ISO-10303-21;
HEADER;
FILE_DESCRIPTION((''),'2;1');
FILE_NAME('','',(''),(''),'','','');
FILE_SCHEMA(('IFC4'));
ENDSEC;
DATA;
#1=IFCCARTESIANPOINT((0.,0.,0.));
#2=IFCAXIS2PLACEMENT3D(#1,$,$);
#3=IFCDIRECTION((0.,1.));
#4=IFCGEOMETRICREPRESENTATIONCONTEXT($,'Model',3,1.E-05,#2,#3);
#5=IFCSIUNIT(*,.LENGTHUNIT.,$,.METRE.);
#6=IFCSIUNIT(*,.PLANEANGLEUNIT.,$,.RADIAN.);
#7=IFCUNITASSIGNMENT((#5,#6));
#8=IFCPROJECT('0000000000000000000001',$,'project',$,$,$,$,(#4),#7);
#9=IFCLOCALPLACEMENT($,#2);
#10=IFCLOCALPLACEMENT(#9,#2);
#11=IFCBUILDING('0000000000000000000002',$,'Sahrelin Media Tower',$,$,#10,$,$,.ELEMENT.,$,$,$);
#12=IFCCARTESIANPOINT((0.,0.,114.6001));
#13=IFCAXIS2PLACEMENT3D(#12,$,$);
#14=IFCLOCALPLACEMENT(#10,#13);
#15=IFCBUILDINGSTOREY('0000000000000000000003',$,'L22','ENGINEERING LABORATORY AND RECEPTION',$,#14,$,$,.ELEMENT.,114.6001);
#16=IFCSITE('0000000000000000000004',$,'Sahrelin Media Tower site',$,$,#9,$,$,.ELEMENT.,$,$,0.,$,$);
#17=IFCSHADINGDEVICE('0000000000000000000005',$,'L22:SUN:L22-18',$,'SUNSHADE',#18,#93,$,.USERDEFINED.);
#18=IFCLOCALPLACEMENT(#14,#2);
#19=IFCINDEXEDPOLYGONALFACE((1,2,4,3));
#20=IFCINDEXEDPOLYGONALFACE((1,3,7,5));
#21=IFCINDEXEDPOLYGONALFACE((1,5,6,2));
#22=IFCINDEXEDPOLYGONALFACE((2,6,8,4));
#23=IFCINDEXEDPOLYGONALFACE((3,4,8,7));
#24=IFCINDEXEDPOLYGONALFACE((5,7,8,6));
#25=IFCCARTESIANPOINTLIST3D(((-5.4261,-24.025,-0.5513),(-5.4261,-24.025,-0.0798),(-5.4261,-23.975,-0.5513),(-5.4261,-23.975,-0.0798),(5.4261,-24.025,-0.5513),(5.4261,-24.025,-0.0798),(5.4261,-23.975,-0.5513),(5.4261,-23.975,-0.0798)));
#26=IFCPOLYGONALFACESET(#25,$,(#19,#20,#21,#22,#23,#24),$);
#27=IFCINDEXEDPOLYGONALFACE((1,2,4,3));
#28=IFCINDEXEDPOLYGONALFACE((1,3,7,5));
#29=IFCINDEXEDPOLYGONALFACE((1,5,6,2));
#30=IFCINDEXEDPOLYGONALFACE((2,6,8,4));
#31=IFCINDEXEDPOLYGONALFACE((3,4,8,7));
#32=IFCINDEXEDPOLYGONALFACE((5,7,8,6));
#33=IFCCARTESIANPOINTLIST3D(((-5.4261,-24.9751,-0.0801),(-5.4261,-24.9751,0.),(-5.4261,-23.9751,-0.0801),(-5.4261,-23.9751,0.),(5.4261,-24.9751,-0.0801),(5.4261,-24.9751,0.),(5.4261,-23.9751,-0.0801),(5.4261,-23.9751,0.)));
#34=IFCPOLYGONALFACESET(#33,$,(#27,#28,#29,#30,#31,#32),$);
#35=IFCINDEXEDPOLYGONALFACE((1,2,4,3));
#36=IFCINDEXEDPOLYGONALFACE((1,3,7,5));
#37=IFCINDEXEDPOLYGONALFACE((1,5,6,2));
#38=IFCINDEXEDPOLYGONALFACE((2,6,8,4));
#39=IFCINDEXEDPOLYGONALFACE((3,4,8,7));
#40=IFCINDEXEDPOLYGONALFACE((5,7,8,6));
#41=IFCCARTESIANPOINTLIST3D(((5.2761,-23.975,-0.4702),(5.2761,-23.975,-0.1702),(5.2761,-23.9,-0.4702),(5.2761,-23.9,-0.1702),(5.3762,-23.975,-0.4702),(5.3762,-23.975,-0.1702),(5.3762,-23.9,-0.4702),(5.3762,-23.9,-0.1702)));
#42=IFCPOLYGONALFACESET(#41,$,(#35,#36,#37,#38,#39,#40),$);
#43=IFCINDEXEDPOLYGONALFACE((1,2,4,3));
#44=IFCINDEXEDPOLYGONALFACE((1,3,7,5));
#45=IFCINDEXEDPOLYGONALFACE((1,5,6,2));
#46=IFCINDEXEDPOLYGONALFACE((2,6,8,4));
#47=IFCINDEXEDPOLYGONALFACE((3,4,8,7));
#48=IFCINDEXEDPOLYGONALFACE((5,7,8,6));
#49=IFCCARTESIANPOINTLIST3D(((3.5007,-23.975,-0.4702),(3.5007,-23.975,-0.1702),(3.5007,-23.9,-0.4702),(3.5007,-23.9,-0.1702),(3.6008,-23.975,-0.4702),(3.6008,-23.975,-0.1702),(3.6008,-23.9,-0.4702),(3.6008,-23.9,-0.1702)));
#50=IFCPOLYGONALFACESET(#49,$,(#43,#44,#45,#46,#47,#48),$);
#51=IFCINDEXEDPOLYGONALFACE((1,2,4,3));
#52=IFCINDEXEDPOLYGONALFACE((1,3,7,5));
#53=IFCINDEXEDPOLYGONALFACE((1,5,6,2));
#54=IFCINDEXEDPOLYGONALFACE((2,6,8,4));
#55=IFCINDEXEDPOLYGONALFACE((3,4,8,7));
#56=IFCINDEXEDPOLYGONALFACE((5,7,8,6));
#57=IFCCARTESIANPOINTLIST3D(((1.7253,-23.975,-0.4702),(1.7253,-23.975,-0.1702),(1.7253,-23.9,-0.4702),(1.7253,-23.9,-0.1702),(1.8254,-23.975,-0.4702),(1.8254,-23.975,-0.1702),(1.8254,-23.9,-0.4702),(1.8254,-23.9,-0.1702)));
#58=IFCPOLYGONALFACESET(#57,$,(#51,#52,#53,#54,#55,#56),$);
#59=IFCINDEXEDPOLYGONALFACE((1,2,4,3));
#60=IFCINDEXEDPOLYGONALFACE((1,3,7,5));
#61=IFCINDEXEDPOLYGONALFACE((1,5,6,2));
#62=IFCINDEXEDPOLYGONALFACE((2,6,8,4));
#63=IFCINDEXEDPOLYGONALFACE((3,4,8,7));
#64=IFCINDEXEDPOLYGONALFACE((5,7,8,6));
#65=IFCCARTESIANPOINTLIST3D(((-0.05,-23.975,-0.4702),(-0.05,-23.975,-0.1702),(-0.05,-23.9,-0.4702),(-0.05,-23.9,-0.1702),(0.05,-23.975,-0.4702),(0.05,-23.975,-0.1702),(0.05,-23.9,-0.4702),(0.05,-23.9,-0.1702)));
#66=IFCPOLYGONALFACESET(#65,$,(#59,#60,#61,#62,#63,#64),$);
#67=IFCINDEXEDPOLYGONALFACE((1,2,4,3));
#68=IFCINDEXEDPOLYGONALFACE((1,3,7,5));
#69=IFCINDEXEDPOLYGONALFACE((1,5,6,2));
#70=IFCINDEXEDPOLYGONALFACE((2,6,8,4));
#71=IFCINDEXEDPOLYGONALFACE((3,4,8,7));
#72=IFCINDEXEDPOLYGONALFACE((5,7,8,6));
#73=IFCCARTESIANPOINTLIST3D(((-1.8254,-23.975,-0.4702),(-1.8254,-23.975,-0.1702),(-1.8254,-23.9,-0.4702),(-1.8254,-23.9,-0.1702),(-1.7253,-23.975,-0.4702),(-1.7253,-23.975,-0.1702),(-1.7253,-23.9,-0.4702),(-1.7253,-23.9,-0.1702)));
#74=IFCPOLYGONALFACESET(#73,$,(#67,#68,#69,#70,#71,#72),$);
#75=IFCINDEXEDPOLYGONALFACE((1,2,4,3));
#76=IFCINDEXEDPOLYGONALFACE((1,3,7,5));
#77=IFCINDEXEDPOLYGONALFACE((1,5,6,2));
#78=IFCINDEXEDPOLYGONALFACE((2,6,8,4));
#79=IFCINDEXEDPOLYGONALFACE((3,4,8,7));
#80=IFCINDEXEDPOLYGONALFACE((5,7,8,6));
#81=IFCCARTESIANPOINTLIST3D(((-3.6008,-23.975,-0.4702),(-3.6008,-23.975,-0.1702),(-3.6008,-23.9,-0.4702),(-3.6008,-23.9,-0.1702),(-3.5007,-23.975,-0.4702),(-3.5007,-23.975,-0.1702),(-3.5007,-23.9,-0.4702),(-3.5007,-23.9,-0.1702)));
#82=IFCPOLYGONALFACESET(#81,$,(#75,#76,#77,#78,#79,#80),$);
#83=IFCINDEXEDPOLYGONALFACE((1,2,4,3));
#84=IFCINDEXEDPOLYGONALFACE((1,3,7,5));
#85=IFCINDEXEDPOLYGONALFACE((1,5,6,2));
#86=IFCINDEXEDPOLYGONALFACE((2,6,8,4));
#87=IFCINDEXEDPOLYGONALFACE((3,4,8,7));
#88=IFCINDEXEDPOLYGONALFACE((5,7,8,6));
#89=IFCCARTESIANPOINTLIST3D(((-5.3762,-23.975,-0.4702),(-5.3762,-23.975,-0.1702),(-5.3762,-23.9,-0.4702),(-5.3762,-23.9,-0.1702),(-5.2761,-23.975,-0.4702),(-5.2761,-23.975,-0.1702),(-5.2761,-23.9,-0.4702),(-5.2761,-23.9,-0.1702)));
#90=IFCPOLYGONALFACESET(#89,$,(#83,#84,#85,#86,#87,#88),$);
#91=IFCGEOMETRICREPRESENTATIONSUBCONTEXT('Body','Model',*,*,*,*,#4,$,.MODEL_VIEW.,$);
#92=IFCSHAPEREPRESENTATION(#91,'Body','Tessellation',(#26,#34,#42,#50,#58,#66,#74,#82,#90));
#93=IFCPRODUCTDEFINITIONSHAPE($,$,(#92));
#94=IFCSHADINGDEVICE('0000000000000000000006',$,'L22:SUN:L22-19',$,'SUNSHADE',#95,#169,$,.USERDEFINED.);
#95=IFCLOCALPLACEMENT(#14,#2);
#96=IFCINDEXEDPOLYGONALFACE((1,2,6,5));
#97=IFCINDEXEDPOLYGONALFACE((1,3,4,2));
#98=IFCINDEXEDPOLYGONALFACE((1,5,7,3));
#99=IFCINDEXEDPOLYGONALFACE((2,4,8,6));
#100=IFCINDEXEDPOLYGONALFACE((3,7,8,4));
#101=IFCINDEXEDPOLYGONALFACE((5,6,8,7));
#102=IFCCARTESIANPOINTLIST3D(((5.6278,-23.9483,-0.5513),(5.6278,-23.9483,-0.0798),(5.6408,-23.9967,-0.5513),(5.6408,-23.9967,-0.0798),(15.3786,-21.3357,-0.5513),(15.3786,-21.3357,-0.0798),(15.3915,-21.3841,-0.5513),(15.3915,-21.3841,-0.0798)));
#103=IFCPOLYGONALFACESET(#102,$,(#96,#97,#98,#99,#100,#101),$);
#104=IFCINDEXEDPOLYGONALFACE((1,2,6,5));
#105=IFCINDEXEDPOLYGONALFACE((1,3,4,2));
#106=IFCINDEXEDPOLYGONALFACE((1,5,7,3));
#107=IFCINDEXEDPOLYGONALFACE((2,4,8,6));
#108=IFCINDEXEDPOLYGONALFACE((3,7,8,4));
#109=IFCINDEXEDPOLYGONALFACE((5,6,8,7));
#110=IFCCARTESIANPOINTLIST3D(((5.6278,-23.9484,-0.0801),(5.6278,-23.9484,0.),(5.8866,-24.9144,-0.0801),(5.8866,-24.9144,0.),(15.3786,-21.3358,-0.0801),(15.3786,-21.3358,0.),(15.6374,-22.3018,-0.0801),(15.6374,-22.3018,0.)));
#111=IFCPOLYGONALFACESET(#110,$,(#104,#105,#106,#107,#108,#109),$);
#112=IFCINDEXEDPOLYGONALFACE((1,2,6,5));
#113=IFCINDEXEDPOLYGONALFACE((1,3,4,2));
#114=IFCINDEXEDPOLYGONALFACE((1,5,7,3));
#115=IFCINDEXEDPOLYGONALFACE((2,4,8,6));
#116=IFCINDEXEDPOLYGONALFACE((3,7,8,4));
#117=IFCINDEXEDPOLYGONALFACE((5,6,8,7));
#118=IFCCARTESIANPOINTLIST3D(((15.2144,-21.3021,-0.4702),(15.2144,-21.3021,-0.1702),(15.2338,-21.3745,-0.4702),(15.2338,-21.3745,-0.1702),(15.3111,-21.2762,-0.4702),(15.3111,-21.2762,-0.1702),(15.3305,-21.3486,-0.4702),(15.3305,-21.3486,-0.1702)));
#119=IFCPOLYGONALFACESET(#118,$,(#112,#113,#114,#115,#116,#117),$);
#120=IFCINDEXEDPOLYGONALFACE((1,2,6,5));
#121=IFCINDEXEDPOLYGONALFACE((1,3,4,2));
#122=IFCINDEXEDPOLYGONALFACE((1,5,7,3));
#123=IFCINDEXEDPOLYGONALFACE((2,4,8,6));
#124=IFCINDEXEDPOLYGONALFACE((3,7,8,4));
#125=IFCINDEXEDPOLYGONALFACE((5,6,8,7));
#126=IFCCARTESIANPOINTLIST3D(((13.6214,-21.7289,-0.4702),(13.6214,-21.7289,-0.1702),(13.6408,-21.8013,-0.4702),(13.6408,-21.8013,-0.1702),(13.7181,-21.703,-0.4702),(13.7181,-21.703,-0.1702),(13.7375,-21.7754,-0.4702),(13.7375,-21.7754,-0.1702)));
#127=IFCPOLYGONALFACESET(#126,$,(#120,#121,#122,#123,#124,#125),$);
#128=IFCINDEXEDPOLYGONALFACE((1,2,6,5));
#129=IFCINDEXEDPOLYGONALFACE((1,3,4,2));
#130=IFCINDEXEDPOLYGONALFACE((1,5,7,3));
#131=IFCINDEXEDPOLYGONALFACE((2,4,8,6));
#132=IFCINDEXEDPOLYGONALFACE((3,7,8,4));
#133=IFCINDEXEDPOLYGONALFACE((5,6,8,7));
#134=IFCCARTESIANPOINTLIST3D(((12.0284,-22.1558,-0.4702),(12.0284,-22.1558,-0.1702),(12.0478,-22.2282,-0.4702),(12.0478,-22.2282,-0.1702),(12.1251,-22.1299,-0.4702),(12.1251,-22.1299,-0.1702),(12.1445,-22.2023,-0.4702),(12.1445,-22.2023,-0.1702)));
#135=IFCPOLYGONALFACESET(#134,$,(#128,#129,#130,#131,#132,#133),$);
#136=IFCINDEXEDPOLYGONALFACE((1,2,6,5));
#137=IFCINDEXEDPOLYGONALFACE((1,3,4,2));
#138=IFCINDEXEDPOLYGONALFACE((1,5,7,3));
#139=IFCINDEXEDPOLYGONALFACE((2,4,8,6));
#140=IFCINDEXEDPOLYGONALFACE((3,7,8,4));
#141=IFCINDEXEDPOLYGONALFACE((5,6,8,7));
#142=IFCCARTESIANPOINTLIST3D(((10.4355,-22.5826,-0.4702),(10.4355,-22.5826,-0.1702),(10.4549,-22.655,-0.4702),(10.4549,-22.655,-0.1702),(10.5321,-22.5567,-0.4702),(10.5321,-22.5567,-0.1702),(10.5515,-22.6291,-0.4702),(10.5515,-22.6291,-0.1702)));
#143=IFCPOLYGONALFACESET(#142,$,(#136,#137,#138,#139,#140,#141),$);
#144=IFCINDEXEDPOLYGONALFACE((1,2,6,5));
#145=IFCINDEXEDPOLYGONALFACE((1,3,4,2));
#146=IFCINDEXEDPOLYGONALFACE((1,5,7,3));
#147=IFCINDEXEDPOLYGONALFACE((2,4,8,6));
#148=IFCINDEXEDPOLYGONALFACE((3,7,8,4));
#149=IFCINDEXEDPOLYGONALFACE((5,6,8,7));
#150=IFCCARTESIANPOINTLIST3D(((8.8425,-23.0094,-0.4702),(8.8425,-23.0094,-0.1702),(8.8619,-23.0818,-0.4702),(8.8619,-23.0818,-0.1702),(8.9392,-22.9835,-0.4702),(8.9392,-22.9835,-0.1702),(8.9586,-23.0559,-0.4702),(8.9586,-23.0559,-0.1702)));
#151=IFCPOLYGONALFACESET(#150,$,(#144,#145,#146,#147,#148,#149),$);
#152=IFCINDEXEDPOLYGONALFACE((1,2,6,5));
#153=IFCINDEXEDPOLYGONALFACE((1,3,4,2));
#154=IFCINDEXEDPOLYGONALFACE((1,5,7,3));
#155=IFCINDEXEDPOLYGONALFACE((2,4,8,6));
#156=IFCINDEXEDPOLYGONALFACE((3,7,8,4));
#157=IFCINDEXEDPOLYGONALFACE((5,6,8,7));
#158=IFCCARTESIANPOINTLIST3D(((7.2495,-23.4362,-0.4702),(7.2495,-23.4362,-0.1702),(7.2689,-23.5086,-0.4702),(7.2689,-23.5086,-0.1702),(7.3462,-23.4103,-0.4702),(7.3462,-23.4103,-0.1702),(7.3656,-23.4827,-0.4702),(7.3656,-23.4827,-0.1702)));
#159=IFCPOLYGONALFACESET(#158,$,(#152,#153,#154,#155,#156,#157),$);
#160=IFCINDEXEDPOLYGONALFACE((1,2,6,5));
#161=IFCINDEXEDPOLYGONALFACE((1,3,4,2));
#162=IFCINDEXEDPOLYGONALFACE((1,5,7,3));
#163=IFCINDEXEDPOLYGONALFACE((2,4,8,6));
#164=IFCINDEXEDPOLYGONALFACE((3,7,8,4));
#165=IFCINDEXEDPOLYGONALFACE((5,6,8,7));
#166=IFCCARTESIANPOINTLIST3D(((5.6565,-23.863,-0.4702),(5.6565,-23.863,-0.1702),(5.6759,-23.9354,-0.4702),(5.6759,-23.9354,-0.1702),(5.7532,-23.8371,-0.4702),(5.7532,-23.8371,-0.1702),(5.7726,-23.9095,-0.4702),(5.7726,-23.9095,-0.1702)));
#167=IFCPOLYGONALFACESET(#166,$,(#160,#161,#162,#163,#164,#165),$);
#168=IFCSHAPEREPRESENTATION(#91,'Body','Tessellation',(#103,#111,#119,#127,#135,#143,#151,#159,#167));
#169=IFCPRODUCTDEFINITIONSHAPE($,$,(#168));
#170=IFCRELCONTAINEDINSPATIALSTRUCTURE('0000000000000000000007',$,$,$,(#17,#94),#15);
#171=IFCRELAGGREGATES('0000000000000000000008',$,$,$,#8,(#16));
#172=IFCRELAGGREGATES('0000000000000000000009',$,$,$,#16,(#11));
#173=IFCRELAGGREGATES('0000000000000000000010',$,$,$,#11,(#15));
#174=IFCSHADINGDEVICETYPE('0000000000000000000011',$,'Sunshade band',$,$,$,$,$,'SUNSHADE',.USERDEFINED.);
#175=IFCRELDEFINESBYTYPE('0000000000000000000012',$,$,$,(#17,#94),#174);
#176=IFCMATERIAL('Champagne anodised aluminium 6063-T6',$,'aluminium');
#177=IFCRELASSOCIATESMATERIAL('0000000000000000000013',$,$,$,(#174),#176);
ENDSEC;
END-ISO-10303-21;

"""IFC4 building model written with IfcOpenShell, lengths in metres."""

from ifc_helpers import new_model, si_unit, direction, frame, origin, origin_2d, place, context, subcontext, project, spatial, rectangle, extrude, material, type_object, element, save


model = new_model("IFC4")

# Units and contexts
model_context = context("Model", 3, precision=1e-05, world=origin(), true_north=direction((0.0, 1.0)))
body_context = subcontext(model_context, "Body", "Model", "MODEL_VIEW")
ifc_project = project(units=[si_unit("LENGTHUNIT", "METRE"), si_unit("PLANEANGLEUNIT", "RADIAN")], contexts=[model_context])

# Site, building, storey
site_placement = place(None, origin())
site = spatial("IfcSite", under=ifc_project, at=site_placement, Name="Sahrelin Media Tower site", CompositionType="ELEMENT", RefElevation=0.0)
building_placement = place(site_placement, origin())
building = spatial("IfcBuilding", under=site, at=building_placement, Name="Sahrelin Media Tower", CompositionType="ELEMENT")
storey_placement = place(building_placement, frame((0.0, 0.0, 114.6001)))
storey = spatial("IfcBuildingStorey", under=building, at=storey_placement, Name="L22", Description="ENGINEERING LABORATORY AND RECEPTION", CompositionType="ELEMENT", Elevation=114.6001)

# Shared definitions
ifc_material_1 = material(Name="Champagne anodised aluminium 6063-T6", Category="aluminium")

# Shading devices
placement_1 = place(storey_placement, frame((0.0, -23.9551, 0.0), z_axis=(0.0, 0.0, 1.0), x_axis=(-1.0, 0.0, 0.0)))
placement_2 = place(storey_placement, frame((10.498, -22.6228, 0.0), z_axis=(0.0, 0.0, 1.0), x_axis=(-0.965929, -0.258808, 0.0)))
shading_device_type_1 = type_object("IfcShadingDeviceType", Name="Sunshade band", ElementType="SUNSHADE", PredefinedType="USERDEFINED", material=ifc_material_1)
element("IfcShadingDevice", 1, at=placement_1, inside=storey, type_object=shading_device_type_1, Name="L22:SUN:L22-18", ObjectType="SUNSHADE", PredefinedType="USERDEFINED", context=body_context, shape_type="SweptSolid", body=[
    extrude(rectangle(XDim=10.8523, YDim=0.05, at=origin_2d()), frame((0.0, 0.0449, -0.5513)), (0.0, 0.0, 1.0), 0.4714),
    extrude(rectangle(XDim=10.8523, YDim=1.0, at=origin_2d()), frame((0.0, 0.52, -0.0801)), (0.0, 0.0, 1.0), 0.0801),
    extrude(rectangle(XDim=0.1001, YDim=0.075, at=origin_2d()), frame((-5.3262, -0.0176, -0.4702)), (0.0, 0.0, 1.0), 0.3),
    extrude(rectangle(XDim=0.1001, YDim=0.075, at=origin_2d()), frame((-3.5508, -0.0176, -0.4702)), (0.0, 0.0, 1.0), 0.3),
    extrude(rectangle(XDim=0.1001, YDim=0.075, at=origin_2d()), frame((-1.7754, -0.0176, -0.4702)), (0.0, 0.0, 1.0), 0.3),
    extrude(rectangle(XDim=0.1001, YDim=0.075, at=origin_2d()), frame((0.0, -0.0176, -0.4702)), (0.0, 0.0, 1.0), 0.3),
    extrude(rectangle(XDim=0.1001, YDim=0.075, at=origin_2d()), frame((1.7754, -0.0176, -0.4702)), (0.0, 0.0, 1.0), 0.3),
    extrude(rectangle(XDim=0.1001, YDim=0.075, at=origin_2d()), frame((3.5508, -0.0176, -0.4702)), (0.0, 0.0, 1.0), 0.3),
    extrude(rectangle(XDim=0.1001, YDim=0.075, at=origin_2d()), frame((5.3262, -0.0176, -0.4702)), (0.0, 0.0, 1.0), 0.3),
])
element("IfcShadingDevice", 2, at=placement_2, inside=storey, type_object=shading_device_type_1, Name="L22:SUN:L22-19", ObjectType="SUNSHADE", PredefinedType="USERDEFINED", context=body_context, shape_type="SweptSolid", body=[
    extrude(rectangle(XDim=10.0947, YDim=0.05, at=origin_2d()), frame((0.0, 0.0449, -0.5513)), (0.0, 0.0, 1.0), 0.4714),
    extrude(rectangle(XDim=10.0947, YDim=1.0, at=origin_2d()), frame((0.0, 0.52, -0.0801)), (0.0, 0.0, 1.0), 0.0801),
    extrude(rectangle(XDim=0.1001, YDim=0.075, at=origin_2d()), frame((-4.9475, -0.0176, -0.4702)), (0.0, 0.0, 1.0), 0.3),
    extrude(rectangle(XDim=0.1001, YDim=0.075, at=origin_2d()), frame((-3.2983, -0.0176, -0.4702)), (0.0, 0.0, 1.0), 0.3),
    extrude(rectangle(XDim=0.1001, YDim=0.075, at=origin_2d()), frame((-1.6492, -0.0176, -0.4702)), (0.0, 0.0, 1.0), 0.3),
    extrude(rectangle(XDim=0.1001, YDim=0.075, at=origin_2d()), frame((0.0, -0.0176, -0.4702)), (0.0, 0.0, 1.0), 0.3),
    extrude(rectangle(XDim=0.1001, YDim=0.075, at=origin_2d()), frame((1.6492, -0.0176, -0.4702)), (0.0, 0.0, 1.0), 0.3),
    extrude(rectangle(XDim=0.1001, YDim=0.075, at=origin_2d()), frame((3.2983, -0.0176, -0.4702)), (0.0, 0.0, 1.0), 0.3),
    extrude(rectangle(XDim=0.1001, YDim=0.075, at=origin_2d()), frame((4.9475, -0.0176, -0.4702)), (0.0, 0.0, 1.0), 0.3),
])

save(model, "model.ifc")
